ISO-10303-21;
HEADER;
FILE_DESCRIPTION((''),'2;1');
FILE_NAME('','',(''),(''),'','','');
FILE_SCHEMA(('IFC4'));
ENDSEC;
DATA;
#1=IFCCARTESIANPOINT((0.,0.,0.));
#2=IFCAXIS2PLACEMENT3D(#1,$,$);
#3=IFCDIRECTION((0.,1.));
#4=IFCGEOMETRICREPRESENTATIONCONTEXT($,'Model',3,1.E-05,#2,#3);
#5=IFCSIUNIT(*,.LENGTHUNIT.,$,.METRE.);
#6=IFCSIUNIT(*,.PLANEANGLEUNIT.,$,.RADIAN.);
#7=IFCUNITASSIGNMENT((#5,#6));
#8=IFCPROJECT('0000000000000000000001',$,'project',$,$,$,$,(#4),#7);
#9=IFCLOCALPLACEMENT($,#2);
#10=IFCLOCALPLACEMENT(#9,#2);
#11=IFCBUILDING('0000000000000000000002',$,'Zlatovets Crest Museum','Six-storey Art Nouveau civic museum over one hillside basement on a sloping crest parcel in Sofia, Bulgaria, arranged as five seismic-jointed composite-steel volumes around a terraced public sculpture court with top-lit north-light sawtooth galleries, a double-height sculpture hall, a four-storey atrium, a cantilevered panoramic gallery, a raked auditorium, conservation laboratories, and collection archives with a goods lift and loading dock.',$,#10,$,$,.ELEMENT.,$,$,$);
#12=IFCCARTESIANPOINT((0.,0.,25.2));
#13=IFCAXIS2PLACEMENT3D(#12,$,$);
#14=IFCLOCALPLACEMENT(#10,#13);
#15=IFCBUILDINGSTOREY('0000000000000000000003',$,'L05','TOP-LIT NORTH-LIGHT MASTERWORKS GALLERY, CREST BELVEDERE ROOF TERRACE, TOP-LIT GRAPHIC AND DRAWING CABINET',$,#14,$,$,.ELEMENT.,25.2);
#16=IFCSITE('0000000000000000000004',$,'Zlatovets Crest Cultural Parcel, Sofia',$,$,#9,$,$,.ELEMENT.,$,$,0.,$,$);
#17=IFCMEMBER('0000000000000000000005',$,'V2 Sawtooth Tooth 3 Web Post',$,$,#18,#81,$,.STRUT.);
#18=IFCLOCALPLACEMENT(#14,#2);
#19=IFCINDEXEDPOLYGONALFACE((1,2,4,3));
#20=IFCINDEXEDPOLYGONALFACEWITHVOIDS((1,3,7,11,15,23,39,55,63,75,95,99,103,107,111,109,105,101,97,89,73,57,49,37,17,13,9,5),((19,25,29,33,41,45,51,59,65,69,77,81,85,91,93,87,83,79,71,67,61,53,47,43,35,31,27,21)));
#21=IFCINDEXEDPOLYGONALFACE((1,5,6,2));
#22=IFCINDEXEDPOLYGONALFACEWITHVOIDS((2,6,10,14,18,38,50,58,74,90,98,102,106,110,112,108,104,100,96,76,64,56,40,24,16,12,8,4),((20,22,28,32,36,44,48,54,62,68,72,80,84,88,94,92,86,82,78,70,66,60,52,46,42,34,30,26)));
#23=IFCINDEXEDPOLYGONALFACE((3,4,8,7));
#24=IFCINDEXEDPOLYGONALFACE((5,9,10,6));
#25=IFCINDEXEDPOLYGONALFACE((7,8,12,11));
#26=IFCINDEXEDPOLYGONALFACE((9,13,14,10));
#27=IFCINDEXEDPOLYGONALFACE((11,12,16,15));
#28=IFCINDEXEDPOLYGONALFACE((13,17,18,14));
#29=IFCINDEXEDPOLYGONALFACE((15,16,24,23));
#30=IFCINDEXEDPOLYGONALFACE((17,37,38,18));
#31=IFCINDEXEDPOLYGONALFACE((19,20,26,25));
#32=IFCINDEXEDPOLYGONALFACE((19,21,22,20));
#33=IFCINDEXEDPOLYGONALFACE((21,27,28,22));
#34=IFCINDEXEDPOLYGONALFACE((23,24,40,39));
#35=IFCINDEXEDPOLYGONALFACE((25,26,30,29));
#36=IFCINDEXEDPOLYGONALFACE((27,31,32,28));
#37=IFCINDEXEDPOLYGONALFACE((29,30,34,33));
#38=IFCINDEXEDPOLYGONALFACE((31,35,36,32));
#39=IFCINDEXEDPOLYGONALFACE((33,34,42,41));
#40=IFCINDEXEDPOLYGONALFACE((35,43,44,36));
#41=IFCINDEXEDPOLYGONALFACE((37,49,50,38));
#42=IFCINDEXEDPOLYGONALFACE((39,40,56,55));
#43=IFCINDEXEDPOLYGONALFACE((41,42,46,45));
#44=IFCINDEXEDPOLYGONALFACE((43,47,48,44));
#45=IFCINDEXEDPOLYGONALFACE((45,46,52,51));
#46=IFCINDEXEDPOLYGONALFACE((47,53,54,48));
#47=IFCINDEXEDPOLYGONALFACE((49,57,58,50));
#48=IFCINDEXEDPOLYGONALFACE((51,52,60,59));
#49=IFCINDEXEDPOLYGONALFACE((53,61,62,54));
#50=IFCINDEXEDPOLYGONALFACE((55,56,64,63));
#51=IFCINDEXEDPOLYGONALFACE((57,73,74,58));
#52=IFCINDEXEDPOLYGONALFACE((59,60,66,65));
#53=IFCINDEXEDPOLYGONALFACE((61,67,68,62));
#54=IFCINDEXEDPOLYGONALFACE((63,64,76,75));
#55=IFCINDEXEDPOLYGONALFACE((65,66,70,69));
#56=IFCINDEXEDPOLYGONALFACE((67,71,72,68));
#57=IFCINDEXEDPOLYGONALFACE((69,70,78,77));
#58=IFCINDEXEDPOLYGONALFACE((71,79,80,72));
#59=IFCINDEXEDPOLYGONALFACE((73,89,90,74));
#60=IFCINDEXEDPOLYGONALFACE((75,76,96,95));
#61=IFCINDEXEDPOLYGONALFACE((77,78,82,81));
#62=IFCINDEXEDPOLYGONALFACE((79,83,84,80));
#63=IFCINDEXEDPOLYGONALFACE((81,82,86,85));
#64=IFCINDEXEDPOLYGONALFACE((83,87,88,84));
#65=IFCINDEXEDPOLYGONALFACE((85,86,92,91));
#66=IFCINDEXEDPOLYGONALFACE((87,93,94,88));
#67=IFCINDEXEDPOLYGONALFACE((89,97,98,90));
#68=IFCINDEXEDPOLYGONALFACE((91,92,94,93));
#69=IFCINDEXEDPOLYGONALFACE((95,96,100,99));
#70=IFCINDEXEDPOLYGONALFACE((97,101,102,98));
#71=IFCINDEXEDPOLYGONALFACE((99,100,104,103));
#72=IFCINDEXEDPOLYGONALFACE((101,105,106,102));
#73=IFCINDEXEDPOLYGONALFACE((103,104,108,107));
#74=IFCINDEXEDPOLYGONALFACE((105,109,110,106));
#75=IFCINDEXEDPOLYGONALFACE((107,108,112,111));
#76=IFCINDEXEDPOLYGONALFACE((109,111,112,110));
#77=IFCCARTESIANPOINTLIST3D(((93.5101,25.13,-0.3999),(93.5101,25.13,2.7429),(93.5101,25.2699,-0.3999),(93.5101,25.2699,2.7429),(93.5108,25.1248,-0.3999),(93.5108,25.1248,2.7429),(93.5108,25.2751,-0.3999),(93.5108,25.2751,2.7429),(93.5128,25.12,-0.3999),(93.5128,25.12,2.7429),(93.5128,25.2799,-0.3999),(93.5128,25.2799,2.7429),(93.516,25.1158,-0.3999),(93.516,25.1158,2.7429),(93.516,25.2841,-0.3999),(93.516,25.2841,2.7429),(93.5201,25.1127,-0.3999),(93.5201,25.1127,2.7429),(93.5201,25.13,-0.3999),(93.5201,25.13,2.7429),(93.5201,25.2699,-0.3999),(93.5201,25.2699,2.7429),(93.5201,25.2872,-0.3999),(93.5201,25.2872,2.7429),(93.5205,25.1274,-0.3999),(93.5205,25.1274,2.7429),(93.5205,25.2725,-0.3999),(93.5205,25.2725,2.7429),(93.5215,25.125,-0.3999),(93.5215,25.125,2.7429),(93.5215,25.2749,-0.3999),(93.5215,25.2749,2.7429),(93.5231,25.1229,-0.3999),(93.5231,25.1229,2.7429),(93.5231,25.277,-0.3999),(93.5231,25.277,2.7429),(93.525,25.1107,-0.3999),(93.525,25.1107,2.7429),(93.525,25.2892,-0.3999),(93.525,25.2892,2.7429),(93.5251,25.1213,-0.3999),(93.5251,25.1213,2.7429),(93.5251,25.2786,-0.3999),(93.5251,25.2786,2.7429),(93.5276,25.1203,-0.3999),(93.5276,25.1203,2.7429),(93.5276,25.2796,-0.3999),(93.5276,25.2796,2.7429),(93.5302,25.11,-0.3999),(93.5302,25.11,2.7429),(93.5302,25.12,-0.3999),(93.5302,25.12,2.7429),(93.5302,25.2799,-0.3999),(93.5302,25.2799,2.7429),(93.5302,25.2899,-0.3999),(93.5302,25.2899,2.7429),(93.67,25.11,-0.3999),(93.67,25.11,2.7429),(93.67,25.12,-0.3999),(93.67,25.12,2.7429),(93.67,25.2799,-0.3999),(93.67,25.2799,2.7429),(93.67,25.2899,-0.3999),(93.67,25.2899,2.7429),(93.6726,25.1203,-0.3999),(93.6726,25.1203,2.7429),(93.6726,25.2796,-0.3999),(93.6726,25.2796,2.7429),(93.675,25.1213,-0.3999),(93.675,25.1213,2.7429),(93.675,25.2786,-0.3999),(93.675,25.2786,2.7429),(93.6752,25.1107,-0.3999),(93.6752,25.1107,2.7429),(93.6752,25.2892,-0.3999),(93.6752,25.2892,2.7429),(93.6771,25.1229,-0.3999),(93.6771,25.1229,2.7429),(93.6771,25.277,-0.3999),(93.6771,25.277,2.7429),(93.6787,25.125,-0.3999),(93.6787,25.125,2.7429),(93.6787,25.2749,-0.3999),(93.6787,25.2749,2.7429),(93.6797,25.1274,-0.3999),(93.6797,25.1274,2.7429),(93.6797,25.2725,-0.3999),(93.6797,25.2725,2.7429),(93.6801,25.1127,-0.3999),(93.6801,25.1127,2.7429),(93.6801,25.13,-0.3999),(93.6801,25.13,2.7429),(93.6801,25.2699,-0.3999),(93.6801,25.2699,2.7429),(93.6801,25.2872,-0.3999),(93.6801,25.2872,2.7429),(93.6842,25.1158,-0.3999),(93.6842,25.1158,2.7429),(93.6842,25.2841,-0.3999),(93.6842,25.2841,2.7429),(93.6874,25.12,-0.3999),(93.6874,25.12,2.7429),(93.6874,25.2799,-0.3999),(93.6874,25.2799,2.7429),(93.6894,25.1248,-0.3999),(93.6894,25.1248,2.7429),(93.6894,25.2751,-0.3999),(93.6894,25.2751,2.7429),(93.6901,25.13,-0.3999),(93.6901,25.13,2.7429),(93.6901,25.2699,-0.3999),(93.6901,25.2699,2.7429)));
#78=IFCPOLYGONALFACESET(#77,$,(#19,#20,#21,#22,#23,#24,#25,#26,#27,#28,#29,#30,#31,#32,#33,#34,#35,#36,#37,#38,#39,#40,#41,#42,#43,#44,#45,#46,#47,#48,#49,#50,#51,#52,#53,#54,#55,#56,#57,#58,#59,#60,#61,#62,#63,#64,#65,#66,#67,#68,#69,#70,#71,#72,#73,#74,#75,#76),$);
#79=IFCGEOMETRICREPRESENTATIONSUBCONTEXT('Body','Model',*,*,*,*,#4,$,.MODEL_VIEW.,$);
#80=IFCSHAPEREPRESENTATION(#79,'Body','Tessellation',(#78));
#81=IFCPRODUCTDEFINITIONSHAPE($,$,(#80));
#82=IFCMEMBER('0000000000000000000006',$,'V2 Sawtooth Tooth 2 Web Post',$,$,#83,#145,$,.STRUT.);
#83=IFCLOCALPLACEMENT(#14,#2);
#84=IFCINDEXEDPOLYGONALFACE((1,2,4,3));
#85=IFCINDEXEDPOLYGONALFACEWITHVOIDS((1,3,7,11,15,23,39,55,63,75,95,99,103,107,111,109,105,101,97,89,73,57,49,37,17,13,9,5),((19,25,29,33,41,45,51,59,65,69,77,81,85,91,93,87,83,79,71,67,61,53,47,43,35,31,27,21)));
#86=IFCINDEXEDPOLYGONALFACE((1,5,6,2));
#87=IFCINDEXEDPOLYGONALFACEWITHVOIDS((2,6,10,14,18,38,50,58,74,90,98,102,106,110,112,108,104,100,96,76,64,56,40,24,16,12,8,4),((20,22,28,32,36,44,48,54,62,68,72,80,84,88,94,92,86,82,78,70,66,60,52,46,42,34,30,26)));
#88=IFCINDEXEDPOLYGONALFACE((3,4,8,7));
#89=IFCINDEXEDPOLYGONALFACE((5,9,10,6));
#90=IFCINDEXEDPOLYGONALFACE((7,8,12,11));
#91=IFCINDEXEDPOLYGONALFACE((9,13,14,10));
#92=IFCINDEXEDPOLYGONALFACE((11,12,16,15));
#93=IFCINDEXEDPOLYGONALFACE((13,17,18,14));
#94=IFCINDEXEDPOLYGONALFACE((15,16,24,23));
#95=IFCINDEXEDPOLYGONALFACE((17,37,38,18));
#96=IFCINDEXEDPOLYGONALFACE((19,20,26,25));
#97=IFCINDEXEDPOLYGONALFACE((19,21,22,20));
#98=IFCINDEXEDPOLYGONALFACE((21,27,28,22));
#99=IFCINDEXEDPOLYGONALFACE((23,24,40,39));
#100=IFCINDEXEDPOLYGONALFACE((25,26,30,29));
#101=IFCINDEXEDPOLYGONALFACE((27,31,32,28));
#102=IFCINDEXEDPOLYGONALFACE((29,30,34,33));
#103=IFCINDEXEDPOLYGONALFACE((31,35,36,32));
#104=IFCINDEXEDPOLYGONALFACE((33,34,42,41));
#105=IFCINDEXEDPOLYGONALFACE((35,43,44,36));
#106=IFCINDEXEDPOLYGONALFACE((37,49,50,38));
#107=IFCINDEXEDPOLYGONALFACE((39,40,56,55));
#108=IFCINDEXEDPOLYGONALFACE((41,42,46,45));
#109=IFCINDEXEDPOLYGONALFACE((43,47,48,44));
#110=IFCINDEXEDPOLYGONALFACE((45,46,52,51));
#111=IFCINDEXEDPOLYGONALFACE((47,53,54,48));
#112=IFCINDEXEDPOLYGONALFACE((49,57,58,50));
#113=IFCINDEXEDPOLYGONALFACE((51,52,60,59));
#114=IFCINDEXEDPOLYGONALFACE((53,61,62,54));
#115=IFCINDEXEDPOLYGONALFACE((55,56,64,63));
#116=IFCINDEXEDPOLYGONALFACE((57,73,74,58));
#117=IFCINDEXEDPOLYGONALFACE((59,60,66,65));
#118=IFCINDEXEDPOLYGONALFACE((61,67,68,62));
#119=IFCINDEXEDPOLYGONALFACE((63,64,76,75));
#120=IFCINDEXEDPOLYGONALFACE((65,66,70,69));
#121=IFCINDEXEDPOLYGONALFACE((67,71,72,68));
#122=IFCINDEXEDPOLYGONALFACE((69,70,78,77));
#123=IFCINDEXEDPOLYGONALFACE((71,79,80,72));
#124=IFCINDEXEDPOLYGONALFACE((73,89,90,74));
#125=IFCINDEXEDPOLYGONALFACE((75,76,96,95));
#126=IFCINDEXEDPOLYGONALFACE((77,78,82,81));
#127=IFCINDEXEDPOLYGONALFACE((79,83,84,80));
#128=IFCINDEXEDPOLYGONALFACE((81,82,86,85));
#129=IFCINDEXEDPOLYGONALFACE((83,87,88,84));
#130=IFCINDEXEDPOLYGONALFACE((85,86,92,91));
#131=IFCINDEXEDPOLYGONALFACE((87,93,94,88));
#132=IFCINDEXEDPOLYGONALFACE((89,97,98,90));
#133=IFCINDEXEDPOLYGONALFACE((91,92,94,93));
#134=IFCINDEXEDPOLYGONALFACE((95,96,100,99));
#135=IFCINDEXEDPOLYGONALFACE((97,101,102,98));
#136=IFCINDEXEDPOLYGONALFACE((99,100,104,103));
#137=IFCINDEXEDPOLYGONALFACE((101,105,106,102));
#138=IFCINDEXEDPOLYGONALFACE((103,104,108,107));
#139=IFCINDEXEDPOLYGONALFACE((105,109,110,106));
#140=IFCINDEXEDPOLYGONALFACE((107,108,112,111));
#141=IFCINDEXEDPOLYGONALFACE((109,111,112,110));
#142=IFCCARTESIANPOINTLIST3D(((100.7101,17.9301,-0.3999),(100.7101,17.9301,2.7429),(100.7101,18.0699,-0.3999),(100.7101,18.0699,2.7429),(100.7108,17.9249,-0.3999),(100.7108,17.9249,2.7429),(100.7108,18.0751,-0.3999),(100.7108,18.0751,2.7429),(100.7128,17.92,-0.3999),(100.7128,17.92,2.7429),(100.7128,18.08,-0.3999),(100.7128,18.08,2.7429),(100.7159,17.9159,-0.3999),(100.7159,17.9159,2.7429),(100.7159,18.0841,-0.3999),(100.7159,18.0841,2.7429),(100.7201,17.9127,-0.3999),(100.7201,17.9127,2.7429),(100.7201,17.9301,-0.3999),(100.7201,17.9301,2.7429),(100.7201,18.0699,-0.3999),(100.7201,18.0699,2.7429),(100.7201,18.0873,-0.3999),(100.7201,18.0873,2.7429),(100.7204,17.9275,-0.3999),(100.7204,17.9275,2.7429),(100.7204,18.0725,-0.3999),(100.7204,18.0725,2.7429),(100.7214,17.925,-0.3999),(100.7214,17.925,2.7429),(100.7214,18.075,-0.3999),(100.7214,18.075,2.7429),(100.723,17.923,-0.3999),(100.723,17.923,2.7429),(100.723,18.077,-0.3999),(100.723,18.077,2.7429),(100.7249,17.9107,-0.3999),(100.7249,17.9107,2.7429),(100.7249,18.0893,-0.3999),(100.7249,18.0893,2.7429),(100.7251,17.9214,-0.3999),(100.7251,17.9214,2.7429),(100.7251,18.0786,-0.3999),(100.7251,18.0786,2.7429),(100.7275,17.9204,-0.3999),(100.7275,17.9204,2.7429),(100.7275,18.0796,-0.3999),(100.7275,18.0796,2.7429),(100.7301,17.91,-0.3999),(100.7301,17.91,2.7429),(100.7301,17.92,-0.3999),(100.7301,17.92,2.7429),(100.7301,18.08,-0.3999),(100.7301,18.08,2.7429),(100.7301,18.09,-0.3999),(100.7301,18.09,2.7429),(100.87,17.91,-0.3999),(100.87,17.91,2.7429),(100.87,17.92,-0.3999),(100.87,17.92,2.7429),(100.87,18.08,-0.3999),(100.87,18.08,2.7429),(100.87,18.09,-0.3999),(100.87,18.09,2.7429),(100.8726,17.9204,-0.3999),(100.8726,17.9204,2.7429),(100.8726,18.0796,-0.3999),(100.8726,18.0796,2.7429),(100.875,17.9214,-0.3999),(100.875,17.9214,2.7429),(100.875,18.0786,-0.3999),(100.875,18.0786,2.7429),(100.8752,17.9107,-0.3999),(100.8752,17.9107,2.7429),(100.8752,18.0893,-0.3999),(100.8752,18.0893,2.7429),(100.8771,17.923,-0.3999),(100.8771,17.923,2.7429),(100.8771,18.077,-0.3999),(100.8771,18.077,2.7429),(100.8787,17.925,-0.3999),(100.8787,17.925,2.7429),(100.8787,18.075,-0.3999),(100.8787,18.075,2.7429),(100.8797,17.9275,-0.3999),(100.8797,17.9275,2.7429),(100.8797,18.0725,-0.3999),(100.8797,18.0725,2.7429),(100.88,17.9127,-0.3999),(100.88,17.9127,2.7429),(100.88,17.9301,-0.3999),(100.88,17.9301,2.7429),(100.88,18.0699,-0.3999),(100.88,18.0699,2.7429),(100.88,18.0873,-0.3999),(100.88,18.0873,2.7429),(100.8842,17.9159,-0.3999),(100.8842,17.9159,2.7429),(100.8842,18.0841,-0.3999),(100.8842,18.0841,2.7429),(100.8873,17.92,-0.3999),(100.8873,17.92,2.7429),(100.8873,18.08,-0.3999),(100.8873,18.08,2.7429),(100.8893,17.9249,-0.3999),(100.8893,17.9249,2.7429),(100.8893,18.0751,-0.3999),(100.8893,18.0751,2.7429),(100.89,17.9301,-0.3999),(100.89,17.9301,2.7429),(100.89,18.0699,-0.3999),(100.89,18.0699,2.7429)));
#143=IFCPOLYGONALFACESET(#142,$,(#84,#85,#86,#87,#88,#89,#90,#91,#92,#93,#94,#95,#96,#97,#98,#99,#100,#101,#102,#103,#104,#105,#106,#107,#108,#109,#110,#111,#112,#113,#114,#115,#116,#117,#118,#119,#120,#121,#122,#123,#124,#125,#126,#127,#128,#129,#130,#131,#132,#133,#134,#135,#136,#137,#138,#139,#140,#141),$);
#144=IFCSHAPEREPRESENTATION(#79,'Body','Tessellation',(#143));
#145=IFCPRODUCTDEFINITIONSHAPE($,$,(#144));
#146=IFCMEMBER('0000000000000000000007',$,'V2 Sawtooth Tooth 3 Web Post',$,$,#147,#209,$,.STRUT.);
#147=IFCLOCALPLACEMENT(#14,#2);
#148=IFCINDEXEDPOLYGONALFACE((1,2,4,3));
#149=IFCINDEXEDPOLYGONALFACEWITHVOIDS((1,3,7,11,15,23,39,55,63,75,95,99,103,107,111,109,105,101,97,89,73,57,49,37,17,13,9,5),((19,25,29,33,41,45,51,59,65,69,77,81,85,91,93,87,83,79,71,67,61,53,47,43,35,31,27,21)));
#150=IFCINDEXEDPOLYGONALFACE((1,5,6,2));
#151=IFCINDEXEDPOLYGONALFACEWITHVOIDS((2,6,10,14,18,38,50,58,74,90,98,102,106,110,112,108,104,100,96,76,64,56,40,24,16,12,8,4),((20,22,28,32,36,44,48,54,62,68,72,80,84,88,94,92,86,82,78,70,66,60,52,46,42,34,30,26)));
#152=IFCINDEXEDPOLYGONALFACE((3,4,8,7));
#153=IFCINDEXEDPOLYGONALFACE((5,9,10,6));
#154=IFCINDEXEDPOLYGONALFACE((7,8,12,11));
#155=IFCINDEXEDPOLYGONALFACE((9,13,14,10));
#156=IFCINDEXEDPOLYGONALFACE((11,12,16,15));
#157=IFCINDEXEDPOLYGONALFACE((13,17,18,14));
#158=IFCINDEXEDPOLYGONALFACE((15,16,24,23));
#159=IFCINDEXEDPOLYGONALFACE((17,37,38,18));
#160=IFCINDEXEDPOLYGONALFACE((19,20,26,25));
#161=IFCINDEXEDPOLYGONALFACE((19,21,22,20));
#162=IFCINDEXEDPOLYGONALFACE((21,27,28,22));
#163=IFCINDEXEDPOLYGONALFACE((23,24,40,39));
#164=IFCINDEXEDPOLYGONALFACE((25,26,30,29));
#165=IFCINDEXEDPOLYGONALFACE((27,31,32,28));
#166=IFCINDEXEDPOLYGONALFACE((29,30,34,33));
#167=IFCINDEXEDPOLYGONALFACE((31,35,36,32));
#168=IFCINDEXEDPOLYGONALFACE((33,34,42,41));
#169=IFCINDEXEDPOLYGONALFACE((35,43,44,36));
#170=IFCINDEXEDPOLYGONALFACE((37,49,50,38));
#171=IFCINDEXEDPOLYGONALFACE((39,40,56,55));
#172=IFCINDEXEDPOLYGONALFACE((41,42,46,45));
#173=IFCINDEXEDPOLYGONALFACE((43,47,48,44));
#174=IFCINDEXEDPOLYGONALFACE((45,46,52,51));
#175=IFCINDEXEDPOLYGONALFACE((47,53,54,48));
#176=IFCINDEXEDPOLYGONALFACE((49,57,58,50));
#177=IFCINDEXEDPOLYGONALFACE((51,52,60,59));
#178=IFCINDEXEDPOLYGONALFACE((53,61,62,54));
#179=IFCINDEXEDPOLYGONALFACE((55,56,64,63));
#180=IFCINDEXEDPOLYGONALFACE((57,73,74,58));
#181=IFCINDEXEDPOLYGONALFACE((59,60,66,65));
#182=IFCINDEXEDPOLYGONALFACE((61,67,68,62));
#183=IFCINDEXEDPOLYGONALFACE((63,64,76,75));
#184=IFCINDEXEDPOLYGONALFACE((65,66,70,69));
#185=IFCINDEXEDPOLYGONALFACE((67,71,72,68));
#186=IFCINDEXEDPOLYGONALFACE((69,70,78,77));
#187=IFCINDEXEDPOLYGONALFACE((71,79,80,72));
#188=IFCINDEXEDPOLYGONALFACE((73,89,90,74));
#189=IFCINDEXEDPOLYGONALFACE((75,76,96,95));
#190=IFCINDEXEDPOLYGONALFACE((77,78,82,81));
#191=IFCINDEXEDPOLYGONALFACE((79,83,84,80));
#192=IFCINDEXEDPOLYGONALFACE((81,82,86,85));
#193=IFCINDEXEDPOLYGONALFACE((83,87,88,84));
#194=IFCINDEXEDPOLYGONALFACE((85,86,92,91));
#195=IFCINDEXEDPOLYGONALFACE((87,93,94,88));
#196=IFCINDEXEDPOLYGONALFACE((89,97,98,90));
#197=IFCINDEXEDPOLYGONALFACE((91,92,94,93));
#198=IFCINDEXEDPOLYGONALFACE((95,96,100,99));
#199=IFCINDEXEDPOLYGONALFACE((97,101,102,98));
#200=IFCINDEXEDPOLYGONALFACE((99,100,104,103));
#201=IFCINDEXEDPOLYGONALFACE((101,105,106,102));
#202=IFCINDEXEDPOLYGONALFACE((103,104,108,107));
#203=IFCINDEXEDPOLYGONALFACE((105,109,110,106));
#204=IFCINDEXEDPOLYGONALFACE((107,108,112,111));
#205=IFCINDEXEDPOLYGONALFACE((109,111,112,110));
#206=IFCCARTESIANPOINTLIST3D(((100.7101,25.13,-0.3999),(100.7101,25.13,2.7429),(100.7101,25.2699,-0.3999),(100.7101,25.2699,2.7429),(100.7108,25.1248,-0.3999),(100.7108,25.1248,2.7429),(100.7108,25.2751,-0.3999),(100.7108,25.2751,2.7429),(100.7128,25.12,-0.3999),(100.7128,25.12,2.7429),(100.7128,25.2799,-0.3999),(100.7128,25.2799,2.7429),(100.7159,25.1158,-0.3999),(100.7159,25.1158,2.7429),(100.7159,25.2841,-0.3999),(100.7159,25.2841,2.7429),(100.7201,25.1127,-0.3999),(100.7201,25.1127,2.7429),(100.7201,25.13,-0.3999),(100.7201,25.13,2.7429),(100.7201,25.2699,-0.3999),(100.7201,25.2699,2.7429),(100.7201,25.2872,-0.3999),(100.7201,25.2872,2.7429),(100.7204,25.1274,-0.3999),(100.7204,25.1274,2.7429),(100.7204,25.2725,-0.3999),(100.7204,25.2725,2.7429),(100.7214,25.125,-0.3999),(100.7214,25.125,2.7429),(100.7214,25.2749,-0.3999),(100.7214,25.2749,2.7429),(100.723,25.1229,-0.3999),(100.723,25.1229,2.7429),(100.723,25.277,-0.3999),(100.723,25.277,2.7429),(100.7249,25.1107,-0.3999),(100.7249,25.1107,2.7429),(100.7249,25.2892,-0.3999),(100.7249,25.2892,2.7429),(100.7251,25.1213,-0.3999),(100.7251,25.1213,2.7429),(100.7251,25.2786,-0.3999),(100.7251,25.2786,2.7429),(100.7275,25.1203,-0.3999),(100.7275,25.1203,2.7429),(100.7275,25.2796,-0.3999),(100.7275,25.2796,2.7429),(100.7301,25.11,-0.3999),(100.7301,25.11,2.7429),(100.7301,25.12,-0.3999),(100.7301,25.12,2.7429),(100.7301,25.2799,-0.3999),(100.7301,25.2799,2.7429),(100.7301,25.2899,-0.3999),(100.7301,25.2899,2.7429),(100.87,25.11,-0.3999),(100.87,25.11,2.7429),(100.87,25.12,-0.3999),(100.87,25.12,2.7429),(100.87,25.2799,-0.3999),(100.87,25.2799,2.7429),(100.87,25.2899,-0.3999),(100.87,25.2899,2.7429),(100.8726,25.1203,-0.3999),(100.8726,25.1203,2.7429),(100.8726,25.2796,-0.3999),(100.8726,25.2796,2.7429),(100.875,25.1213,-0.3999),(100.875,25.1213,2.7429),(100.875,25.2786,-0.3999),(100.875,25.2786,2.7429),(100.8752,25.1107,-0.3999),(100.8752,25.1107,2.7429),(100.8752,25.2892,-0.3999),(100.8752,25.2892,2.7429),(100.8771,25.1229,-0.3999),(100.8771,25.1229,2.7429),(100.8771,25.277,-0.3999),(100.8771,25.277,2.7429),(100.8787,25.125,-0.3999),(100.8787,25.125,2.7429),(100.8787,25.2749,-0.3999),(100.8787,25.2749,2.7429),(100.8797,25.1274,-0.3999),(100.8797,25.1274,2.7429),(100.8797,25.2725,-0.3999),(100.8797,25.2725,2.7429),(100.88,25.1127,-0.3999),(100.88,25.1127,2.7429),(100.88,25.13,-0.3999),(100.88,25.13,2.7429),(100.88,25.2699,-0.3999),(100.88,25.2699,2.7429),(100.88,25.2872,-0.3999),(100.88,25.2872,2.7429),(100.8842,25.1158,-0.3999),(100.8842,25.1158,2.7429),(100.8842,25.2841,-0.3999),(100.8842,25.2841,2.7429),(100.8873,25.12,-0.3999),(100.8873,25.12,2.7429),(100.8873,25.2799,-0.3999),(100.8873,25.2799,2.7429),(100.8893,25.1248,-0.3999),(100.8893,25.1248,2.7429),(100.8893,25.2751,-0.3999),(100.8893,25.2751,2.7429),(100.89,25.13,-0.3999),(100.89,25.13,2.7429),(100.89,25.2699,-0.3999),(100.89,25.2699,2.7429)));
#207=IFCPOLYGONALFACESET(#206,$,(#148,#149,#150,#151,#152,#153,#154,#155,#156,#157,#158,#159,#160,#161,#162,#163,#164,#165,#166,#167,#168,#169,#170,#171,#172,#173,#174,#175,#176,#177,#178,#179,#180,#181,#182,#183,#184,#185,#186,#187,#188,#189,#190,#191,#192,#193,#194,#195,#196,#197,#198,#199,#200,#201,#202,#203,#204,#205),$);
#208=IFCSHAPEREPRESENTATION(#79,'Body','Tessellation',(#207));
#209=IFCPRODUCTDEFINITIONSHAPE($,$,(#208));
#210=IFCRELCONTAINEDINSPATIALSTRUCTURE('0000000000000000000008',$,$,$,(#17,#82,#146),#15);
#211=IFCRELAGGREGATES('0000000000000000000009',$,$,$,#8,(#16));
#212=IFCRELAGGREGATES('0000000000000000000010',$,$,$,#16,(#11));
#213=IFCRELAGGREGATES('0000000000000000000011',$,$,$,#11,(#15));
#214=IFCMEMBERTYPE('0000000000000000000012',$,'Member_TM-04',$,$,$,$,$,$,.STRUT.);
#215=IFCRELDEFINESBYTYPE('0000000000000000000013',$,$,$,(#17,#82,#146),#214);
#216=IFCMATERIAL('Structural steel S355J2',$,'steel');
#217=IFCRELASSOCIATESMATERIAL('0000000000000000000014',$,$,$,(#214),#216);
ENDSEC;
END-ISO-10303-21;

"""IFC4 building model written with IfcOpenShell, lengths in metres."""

from ifc_helpers import new_model, si_unit, direction, frame, origin, origin_2d, place, context, subcontext, project, spatial, hollow_rectangle, extrude, material, material_profile, profile_set, type_object, element, save


model = new_model("IFC4")

# Units and contexts
model_context = context("Model", 3, precision=1e-05, world=origin(), true_north=direction((0.0, 1.0)))
body_context = subcontext(model_context, "Body", "Model", "MODEL_VIEW")
ifc_project = project(units=[si_unit("LENGTHUNIT", "METRE"), si_unit("PLANEANGLEUNIT", "RADIAN")], contexts=[model_context])

# Site, building, storey
site_placement = place(None, origin())
site = spatial("IfcSite", under=ifc_project, at=site_placement, Name="Zlatovets Crest Cultural Parcel, Sofia", CompositionType="ELEMENT", RefElevation=0.0)
building_placement = place(site_placement, origin())
building = spatial("IfcBuilding", under=site, at=building_placement, Name="Zlatovets Crest Museum", Description="Six-storey Art Nouveau civic museum over one hillside basement on a sloping crest parcel in Sofia, Bulgaria, arranged as five seismic-jointed composite-steel volumes around a terraced public sculpture court with top-lit north-light sawtooth galleries, a double-height sculpture hall, a four-storey atrium, a cantilevered panoramic gallery, a raked auditorium, conservation laboratories, and collection archives with a goods lift and loading dock.", CompositionType="ELEMENT")
storey_placement = place(building_placement, frame((0.0, 0.0, 25.2)))
storey = spatial("IfcBuildingStorey", under=building, at=storey_placement, Name="L05", Description="TOP-LIT NORTH-LIGHT MASTERWORKS GALLERY, CREST BELVEDERE ROOF TERRACE, TOP-LIT GRAPHIC AND DRAWING CABINET", CompositionType="ELEMENT", Elevation=25.2)

# Shared definitions
ifc_material_1 = material(Name="Structural steel S355J2", Category="steel")

# Members
ifc_material_profile_1 = material_profile(ifc_material_1, hollow_rectangle(XDim=0.1799, YDim=0.1799, WallThickness=0.01, InnerFilletRadius=0.01, OuterFilletRadius=0.02, at=origin_2d()), Name="SHS 180x180x10.0")
ifc_profile_set_1 = profile_set([ifc_material_profile_1], Name="Structural steel S355J2")
member_type_1 = type_object("IfcMemberType", Name="Member_TM-04", PredefinedType="STRUT", material=ifc_profile_set_1)
for number, where, z_axis, x_axis, name in (
    (1, (93.6001, 25.2, -0.3999), (0.0, 0.0, 1.0), (1.0, 0.0, 0.0), "V2 Sawtooth Tooth 3 Web Post"),
    (2, (100.8, 18.0, -0.3999), (0.0, 0.0, 1.0), (1.0, 0.0, 0.0), "V2 Sawtooth Tooth 2 Web Post"),
    (3, (100.8, 25.2, -0.3999), (0.0, 0.0, 1.0), (1.0, 0.0, 0.0), "V2 Sawtooth Tooth 3 Web Post"),
):
    element("IfcMember", number, at=place(storey_placement, frame(where, z_axis=z_axis, x_axis=x_axis)), inside=storey, type_object=member_type_1, Name=name, PredefinedType="STRUT", context=body_context, shape_type="SweptSolid", body=[
        extrude(hollow_rectangle(XDim=0.1799, YDim=0.1799, WallThickness=0.01, InnerFilletRadius=0.01, OuterFilletRadius=0.02, at=origin_2d()), origin(), (0.0, 0.0, 1.0), 3.1428),
    ])

save(model, "model.ifc")
